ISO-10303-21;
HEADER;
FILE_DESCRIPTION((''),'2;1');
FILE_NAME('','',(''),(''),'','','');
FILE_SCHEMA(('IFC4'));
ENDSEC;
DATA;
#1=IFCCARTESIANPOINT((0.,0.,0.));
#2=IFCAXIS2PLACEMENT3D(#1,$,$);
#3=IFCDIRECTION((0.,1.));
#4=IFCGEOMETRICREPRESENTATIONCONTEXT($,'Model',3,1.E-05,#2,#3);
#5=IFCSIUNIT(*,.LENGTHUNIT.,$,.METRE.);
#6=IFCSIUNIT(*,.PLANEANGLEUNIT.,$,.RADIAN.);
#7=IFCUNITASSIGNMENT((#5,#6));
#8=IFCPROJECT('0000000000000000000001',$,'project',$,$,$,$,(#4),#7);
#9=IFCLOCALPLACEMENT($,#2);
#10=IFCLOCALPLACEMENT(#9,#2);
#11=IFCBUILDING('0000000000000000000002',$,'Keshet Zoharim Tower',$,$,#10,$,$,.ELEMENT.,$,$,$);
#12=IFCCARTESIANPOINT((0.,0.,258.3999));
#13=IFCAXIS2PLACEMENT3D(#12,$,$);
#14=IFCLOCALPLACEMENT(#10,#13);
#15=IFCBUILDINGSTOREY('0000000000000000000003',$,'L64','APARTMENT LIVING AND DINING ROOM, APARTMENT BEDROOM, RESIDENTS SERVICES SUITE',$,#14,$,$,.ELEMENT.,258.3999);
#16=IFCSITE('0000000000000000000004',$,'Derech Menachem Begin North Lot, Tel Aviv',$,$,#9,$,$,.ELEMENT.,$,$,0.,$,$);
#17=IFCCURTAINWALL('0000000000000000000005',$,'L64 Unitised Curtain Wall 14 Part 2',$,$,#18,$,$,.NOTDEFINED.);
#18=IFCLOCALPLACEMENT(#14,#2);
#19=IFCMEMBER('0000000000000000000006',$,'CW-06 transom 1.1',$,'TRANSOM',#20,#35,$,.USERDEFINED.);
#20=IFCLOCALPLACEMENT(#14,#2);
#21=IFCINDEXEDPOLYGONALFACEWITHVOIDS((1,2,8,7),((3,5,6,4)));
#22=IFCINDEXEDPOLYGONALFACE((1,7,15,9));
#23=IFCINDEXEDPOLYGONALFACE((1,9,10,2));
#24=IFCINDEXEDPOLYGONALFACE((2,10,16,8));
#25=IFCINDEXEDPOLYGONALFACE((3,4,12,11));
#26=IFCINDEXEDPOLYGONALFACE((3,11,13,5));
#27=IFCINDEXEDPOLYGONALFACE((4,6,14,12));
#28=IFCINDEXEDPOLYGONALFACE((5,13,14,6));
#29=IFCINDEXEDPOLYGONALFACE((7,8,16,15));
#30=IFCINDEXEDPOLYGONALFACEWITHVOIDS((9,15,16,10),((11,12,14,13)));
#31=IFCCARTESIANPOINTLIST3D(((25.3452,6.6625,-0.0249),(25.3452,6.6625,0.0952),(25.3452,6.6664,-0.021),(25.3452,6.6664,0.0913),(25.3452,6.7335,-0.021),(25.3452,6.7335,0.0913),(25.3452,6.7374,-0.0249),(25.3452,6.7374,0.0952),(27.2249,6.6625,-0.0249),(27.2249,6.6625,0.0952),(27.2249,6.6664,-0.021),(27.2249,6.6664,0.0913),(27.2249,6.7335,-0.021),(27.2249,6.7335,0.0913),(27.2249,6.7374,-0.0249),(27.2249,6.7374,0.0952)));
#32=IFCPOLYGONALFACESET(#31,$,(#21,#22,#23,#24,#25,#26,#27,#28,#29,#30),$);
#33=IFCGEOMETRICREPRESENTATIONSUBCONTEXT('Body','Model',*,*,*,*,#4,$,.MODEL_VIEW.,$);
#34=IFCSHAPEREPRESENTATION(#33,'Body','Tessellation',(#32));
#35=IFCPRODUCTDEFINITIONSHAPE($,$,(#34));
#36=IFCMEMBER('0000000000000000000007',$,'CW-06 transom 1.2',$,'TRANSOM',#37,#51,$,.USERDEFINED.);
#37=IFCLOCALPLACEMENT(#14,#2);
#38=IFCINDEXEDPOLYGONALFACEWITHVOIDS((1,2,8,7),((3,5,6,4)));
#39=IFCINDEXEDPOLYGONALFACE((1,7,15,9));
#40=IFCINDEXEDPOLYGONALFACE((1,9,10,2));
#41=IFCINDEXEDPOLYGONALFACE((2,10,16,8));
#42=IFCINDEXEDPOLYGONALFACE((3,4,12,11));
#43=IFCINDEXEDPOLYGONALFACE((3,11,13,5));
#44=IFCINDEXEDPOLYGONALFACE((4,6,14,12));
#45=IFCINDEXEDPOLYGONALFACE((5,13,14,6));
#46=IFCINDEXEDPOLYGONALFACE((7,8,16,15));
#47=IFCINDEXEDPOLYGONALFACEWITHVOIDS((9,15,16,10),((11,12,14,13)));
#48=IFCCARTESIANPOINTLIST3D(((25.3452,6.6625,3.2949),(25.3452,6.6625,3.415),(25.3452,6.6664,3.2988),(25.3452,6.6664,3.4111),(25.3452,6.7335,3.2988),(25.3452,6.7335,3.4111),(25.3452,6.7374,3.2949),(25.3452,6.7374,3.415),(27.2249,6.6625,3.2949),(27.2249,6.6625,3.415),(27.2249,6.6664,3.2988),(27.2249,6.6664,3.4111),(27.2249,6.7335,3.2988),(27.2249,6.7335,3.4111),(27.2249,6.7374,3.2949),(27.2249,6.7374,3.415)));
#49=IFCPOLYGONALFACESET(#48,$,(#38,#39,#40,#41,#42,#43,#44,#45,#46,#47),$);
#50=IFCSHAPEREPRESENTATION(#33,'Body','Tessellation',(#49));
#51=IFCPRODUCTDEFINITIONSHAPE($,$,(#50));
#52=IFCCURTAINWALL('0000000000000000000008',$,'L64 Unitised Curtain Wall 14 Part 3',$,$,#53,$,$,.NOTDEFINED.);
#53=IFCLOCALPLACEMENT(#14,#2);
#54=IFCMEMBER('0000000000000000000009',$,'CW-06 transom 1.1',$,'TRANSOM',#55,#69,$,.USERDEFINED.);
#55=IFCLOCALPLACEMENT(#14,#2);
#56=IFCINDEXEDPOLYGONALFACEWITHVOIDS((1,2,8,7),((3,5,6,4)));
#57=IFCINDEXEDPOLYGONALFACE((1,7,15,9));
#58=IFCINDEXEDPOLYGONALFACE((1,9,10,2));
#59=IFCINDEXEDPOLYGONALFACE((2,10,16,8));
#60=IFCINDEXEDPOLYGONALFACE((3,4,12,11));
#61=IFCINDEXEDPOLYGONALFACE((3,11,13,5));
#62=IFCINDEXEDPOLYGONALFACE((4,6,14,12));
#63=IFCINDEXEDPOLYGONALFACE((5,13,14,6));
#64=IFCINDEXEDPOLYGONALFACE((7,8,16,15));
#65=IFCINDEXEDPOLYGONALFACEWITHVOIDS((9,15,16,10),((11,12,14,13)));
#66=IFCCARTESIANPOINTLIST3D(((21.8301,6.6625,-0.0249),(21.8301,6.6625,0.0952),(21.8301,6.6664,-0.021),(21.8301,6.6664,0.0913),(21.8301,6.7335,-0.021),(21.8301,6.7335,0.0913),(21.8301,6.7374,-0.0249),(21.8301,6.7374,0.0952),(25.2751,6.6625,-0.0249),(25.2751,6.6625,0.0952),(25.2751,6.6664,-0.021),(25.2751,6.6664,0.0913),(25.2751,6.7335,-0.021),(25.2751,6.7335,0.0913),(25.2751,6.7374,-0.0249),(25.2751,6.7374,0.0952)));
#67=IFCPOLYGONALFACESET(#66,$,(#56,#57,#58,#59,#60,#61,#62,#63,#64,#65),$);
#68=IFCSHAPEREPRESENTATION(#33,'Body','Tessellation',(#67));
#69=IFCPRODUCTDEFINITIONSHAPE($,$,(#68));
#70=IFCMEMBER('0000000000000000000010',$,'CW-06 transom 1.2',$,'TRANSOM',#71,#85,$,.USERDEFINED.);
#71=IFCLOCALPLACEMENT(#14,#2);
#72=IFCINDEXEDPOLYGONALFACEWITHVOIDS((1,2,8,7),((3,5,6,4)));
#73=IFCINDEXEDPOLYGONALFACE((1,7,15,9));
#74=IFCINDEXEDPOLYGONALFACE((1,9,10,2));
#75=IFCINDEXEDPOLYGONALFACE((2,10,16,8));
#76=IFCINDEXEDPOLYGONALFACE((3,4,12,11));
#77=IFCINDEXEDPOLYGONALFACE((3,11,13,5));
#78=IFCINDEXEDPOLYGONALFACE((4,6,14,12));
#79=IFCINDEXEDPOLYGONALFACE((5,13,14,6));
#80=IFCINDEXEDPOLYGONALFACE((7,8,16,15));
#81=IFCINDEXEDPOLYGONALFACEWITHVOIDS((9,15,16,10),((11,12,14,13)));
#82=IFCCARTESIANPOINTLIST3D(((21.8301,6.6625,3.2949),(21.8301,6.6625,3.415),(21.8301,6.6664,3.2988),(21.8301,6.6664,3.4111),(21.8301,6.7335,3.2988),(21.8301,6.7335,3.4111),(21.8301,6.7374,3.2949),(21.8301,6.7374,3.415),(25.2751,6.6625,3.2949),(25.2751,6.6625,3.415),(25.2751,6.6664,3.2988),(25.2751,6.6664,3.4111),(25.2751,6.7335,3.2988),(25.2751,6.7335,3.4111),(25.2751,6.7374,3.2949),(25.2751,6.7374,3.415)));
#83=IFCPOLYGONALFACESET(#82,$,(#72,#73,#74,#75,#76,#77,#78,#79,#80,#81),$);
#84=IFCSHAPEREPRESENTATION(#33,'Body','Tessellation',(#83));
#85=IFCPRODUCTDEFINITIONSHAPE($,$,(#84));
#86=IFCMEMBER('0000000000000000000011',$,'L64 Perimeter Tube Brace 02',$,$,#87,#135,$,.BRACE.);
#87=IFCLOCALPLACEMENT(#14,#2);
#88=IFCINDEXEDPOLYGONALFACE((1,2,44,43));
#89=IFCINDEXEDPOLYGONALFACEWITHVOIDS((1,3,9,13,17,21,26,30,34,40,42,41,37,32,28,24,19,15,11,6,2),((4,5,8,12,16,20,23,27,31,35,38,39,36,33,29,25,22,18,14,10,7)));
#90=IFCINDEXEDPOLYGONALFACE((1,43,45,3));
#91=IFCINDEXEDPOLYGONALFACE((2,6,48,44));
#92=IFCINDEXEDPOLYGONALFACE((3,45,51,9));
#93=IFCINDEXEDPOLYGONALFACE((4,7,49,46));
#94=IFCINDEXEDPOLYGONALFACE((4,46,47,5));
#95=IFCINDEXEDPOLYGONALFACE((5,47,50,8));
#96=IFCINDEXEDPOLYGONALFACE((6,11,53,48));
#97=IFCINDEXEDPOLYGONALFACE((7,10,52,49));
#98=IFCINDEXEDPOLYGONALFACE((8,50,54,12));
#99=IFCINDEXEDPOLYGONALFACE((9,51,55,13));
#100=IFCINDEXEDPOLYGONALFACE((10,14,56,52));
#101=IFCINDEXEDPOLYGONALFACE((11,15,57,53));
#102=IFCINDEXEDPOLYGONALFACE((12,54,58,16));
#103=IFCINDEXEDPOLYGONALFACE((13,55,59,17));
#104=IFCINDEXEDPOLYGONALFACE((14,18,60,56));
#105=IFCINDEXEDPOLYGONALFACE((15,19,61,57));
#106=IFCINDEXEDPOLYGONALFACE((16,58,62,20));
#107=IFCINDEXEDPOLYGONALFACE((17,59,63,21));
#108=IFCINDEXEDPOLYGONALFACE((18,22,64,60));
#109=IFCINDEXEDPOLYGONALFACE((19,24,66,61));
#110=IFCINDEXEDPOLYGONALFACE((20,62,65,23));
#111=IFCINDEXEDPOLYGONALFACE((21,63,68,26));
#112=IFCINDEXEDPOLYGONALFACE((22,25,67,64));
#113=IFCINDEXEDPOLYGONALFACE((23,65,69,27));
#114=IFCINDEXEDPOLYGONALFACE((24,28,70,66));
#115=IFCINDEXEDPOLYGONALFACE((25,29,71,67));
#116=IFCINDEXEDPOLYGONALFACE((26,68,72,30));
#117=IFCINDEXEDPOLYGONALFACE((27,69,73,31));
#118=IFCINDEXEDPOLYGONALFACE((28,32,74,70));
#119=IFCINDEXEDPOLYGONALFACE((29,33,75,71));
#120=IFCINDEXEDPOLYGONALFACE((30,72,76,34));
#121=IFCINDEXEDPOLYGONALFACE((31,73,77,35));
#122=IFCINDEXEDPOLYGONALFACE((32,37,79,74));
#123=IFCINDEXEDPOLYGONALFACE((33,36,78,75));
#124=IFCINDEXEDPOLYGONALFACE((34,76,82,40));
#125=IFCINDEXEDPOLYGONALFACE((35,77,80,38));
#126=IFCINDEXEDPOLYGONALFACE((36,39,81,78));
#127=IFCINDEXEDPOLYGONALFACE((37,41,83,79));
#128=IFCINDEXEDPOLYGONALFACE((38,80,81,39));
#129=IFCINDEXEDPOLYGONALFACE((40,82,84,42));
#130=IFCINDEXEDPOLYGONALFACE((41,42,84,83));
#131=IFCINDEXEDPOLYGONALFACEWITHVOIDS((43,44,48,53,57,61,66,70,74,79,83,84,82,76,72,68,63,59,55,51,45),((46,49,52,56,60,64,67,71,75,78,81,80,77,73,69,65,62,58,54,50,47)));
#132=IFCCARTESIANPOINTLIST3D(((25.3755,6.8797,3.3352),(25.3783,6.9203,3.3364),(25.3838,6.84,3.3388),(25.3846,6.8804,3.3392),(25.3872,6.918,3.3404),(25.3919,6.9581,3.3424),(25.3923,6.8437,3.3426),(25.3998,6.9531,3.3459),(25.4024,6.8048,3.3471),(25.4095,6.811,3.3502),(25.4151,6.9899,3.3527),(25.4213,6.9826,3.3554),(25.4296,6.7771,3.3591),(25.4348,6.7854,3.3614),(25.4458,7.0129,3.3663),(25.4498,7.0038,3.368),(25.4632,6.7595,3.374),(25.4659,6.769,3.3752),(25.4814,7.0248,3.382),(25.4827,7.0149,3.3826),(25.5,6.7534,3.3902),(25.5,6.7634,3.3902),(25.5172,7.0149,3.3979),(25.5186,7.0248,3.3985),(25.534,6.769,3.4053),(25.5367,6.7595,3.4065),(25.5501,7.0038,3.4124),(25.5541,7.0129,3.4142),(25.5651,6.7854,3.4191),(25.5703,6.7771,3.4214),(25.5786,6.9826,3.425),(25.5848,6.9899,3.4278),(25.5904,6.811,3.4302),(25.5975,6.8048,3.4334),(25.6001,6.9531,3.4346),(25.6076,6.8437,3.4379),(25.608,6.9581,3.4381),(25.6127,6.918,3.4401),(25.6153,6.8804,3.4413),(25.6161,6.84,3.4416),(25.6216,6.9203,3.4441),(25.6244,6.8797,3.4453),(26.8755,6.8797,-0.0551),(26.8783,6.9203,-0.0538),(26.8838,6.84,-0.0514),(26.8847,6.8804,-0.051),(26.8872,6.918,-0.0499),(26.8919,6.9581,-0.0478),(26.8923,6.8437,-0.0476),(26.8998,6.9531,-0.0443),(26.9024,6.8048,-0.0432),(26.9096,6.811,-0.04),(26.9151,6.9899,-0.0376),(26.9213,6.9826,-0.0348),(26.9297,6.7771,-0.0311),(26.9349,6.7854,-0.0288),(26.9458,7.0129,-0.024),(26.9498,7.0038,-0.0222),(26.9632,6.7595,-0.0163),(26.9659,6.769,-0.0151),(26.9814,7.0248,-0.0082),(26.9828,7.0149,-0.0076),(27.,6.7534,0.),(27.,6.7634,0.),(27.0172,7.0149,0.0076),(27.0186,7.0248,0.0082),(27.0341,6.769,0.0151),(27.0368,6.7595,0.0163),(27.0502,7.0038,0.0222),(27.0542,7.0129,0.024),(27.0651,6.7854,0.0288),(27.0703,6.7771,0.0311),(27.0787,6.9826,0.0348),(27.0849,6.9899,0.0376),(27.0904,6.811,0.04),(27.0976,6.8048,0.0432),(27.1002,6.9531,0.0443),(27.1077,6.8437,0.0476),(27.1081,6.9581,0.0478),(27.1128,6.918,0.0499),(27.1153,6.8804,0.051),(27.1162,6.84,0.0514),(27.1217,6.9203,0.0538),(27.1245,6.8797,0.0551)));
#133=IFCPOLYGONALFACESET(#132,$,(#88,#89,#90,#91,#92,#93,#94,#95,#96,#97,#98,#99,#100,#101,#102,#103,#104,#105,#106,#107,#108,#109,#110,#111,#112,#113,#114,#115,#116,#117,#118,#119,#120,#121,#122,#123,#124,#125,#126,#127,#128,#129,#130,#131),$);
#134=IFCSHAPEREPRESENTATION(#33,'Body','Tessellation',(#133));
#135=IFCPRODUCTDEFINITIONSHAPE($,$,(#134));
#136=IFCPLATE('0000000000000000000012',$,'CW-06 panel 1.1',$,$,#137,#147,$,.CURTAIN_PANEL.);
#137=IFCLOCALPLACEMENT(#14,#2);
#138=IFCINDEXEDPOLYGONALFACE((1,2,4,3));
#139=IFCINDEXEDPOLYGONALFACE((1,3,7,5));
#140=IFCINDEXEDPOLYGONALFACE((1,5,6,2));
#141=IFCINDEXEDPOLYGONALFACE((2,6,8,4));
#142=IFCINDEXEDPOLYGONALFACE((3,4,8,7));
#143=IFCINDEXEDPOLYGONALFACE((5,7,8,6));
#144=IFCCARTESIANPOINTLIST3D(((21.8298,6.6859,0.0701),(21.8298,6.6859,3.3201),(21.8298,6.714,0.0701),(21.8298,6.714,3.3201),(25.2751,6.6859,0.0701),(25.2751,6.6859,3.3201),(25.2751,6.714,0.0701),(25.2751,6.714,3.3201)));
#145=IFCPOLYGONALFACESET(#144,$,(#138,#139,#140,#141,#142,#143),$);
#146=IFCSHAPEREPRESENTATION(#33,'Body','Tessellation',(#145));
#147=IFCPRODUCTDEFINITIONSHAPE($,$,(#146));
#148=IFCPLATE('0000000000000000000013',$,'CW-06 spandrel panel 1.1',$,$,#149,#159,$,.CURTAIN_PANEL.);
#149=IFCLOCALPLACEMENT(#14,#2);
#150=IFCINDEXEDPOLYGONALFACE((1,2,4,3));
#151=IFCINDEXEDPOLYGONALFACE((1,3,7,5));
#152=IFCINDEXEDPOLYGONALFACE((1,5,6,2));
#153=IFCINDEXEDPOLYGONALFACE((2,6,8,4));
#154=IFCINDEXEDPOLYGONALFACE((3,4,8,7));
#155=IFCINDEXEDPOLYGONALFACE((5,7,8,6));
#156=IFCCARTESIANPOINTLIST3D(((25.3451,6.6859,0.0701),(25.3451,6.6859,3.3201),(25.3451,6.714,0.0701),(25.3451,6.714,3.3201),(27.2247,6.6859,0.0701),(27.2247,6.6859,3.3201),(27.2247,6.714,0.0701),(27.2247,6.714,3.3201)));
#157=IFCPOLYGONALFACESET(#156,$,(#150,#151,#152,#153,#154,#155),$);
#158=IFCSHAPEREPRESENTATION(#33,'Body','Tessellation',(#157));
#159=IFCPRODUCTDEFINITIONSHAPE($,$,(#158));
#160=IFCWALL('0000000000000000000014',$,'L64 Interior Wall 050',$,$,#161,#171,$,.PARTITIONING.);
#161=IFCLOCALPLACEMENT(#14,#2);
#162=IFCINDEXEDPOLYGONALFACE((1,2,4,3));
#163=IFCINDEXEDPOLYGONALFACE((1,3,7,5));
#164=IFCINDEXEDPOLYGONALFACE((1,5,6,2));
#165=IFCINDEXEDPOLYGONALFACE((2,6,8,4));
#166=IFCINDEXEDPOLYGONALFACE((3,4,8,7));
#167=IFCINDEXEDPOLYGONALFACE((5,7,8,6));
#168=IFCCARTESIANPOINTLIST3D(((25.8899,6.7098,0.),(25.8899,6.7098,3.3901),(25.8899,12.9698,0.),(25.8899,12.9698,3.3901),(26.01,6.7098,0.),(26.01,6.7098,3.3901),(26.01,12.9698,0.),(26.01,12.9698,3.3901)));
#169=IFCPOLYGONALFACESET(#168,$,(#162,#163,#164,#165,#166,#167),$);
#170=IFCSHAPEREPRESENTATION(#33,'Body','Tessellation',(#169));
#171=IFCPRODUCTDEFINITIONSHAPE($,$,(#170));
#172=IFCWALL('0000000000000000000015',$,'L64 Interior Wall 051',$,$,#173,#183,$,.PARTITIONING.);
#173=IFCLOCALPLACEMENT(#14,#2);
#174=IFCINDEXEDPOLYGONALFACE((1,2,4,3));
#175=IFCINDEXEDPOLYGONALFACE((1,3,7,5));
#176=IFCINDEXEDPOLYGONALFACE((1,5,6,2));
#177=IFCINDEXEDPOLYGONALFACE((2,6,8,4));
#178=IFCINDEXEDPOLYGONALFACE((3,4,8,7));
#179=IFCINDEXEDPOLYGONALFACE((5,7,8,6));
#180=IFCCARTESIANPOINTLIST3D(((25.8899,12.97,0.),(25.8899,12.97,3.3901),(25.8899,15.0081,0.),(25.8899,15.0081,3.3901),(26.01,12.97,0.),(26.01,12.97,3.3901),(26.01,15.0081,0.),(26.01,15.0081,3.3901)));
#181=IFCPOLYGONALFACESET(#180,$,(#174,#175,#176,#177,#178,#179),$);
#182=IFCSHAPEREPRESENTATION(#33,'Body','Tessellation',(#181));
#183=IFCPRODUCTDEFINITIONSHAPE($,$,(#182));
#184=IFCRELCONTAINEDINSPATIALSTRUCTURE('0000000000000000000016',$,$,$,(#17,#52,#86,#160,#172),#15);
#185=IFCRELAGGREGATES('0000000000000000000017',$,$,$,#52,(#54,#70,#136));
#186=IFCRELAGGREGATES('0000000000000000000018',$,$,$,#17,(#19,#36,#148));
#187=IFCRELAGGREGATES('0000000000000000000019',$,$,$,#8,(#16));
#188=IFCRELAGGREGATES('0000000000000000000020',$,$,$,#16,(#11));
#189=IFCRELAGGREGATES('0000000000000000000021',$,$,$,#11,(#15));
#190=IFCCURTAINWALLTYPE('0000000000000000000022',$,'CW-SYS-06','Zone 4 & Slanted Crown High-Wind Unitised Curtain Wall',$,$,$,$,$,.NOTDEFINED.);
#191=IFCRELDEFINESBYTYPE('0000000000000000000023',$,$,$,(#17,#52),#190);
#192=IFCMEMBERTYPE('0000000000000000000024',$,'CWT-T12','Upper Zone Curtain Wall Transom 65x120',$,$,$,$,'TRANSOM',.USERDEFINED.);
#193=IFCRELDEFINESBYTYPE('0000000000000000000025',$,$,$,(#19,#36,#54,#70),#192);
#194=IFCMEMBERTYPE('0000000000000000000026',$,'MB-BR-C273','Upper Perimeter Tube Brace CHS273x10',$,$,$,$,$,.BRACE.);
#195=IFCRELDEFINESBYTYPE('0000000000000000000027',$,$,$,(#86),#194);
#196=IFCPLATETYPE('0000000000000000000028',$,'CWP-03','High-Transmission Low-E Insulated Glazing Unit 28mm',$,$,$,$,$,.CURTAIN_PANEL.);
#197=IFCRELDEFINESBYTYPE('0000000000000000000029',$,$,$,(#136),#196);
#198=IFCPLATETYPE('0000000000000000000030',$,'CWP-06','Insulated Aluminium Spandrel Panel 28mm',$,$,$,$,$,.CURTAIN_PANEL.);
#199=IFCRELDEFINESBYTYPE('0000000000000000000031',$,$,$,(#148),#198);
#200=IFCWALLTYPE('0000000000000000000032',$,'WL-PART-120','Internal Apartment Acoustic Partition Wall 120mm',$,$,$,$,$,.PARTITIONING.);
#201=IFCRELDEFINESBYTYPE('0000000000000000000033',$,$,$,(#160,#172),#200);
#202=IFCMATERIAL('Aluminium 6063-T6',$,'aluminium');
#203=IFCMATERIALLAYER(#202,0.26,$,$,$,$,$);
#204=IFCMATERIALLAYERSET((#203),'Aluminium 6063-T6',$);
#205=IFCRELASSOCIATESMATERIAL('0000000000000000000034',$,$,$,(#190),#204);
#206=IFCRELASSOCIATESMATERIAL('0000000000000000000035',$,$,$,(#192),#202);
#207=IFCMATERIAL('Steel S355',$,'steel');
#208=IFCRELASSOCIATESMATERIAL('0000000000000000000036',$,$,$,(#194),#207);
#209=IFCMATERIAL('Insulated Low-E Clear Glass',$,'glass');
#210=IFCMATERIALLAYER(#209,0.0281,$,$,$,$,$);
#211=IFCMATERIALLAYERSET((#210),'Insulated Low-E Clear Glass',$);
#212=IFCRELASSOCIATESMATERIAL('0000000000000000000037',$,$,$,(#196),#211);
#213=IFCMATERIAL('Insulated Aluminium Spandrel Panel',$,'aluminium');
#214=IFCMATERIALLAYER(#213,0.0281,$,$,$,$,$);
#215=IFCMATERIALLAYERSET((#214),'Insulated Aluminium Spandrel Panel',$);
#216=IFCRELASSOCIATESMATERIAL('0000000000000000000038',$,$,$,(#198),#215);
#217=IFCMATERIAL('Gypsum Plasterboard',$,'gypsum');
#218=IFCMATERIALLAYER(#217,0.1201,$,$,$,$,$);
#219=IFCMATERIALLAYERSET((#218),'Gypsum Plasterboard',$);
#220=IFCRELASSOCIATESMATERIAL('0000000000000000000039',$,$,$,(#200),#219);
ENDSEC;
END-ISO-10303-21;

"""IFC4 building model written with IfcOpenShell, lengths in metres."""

from ifc_helpers import new_model, si_unit, direction, frame, frame_2d, origin, origin_2d, place, context, subcontext, project, spatial, rectangle, hollow_rectangle, hollow_circle, extrude, material, layer, layer_set, material_profile, profile_set, type_object, element, aggregate, save


model = new_model("IFC4")

# Units and contexts
model_context = context("Model", 3, precision=1e-05, world=origin(), true_north=direction((0.0, 1.0)))
body_context = subcontext(model_context, "Body", "Model", "MODEL_VIEW")
ifc_project = project(units=[si_unit("LENGTHUNIT", "METRE"), si_unit("PLANEANGLEUNIT", "RADIAN")], contexts=[model_context])

# Site, building, storey
site_placement = place(None, origin())
site = spatial("IfcSite", under=ifc_project, at=site_placement, Name="Derech Menachem Begin North Lot, Tel Aviv", CompositionType="ELEMENT", RefElevation=0.0)
building_placement = place(site_placement, origin())
building = spatial("IfcBuilding", under=site, at=building_placement, Name="Keshet Zoharim Tower", CompositionType="ELEMENT")
storey_placement = place(building_placement, frame((0.0, 0.0, 258.3999)))
storey = spatial("IfcBuildingStorey", under=building, at=storey_placement, Name="L64", Description="APARTMENT LIVING AND DINING ROOM, APARTMENT BEDROOM, RESIDENTS SERVICES SUITE", CompositionType="ELEMENT", Elevation=258.3999)

# Shared definitions
ifc_material_1 = material(Name="Steel S355", Category="steel")

# Shared definitions
ifc_material_2 = material(Name="Aluminium 6063-T6", Category="aluminium")
ifc_layer_1 = layer(ifc_material_2, 0.26)
ifc_layer_set_1 = layer_set([ifc_layer_1], Name="Aluminium 6063-T6")
curtain_wall_type = type_object("IfcCurtainWallType", Name="CW-SYS-06", Description="Zone 4 & Slanted Crown High-Wind Unitised Curtain Wall", PredefinedType="NOTDEFINED", material=ifc_layer_set_1)

# Curtain walls, members
curtain_wall_1_placement = place(storey_placement, origin())
curtain_wall_1 = element("IfcCurtainWall", 1, at=curtain_wall_1_placement, inside=storey, type_object=curtain_wall_type, Name="L64 Unitised Curtain Wall 14 Part 2", PredefinedType="NOTDEFINED")
ifc_material_profile_1 = material_profile(ifc_material_2, hollow_rectangle(XDim=0.075, YDim=0.1201, WallThickness=0.0039, at=origin_2d()), Name="TRN-75x120")
ifc_profile_set_1 = profile_set([ifc_material_profile_1], Name="Aluminium 6063-T6")
member_type_1 = type_object("IfcMemberType", Name="CWT-T12", Description="Upper Zone Curtain Wall Transom 65x120", ElementType="TRANSOM", PredefinedType="USERDEFINED", material=ifc_profile_set_1)
member_1_placement = place(storey_placement, frame((27.2249, 6.7, 0.0352), z_axis=(-1.0, 0.0, 0.0), x_axis=(0.0, -1.0, 0.0)))
member_1 = element("IfcMember", 2, at=member_1_placement, type_object=member_type_1, Name="CW-06 transom 1.1", ObjectType="TRANSOM", PredefinedType="USERDEFINED", context=body_context, shape_type="SweptSolid", body=[
    extrude(hollow_rectangle(XDim=0.075, YDim=0.1201, WallThickness=0.0039, at=origin_2d()), origin(), (0.0, 0.0, 1.0), 1.8796),
])
member_2_placement = place(storey_placement, frame((27.2249, 6.7, 3.355), z_axis=(-1.0, 0.0, 0.0), x_axis=(0.0, -1.0, 0.0)))
member_2 = element("IfcMember", 3, at=member_2_placement, type_object=member_type_1, Name="CW-06 transom 1.2", ObjectType="TRANSOM", PredefinedType="USERDEFINED", context=body_context, shape_type="SweptSolid", body=[
    extrude(hollow_rectangle(XDim=0.075, YDim=0.1201, WallThickness=0.0039, at=origin_2d()), origin(), (0.0, 0.0, 1.0), 1.8796),
])
curtain_wall_2_placement = place(storey_placement, origin())
curtain_wall_2 = element("IfcCurtainWall", 4, at=curtain_wall_2_placement, inside=storey, type_object=curtain_wall_type, Name="L64 Unitised Curtain Wall 14 Part 3", PredefinedType="NOTDEFINED")
member_3_placement = place(storey_placement, frame((25.2751, 6.7, 0.0352), z_axis=(-1.0, 0.0, 0.0), x_axis=(0.0, -1.0, 0.0)))
member_3 = element("IfcMember", 5, at=member_3_placement, type_object=member_type_1, Name="CW-06 transom 1.1", ObjectType="TRANSOM", PredefinedType="USERDEFINED", context=body_context, shape_type="SweptSolid", body=[
    extrude(hollow_rectangle(XDim=0.075, YDim=0.1201, WallThickness=0.0039, at=origin_2d()), origin(), (0.0, 0.0, 1.0), 3.4451),
])
member_4_placement = place(storey_placement, frame((25.2751, 6.7, 3.355), z_axis=(-1.0, 0.0, 0.0), x_axis=(0.0, -1.0, 0.0)))
member_4 = element("IfcMember", 6, at=member_4_placement, type_object=member_type_1, Name="CW-06 transom 1.2", ObjectType="TRANSOM", PredefinedType="USERDEFINED", context=body_context, shape_type="SweptSolid", body=[
    extrude(hollow_rectangle(XDim=0.075, YDim=0.1201, WallThickness=0.0039, at=origin_2d()), origin(), (0.0, 0.0, 1.0), 3.4451),
])

# Member
ifc_material_profile_2 = material_profile(ifc_material_1, hollow_circle(Radius=0.1365, WallThickness=0.01, at=origin_2d()), Name="CHS273x10")
ifc_profile_set_2 = profile_set([ifc_material_profile_2], Name="Steel S355")
member_type_2 = type_object("IfcMemberType", Name="MB-BR-C273", Description="Upper Perimeter Tube Brace CHS273x10", PredefinedType="BRACE", material=ifc_profile_set_2)
member_5_placement = place(storey_placement, frame((27.0, 6.8899, 0.0), z_axis=(-0.404623, 0.0, 0.914484), x_axis=(0.0, -1.0, 0.0)))
element("IfcMember", 7, at=member_5_placement, inside=storey, type_object=member_type_2, Name="L64 Perimeter Tube Brace 02", PredefinedType="BRACE", context=body_context, shape_type="SweptSolid", body=[
    extrude(hollow_circle(Radius=0.1365, WallThickness=0.01, at=origin_2d()), origin(), (0.0, 0.0, 1.0), 3.7073),
])

# Plates
ifc_material_3 = material(Name="Insulated Low-E Clear Glass", Category="glass")
ifc_layer_2 = layer(ifc_material_3, 0.0281)
ifc_layer_set_2 = layer_set([ifc_layer_2], Name="Insulated Low-E Clear Glass")
plate_type_1 = type_object("IfcPlateType", Name="CWP-03", Description="High-Transmission Low-E Insulated Glazing Unit 28mm", PredefinedType="CURTAIN_PANEL", material=ifc_layer_set_2)
plate_1_placement = place(storey_placement, frame((23.5525, 6.7, 0.0701), z_axis=(0.0, 0.0, 1.0), x_axis=(-1.0, 0.0, 0.0)))
plate_1 = element("IfcPlate", 8, at=plate_1_placement, type_object=plate_type_1, Name="CW-06 panel 1.1", PredefinedType="CURTAIN_PANEL", context=body_context, shape_type="SweptSolid", body=[
    extrude(rectangle(XDim=3.4453, YDim=0.0281, at=origin_2d()), origin(), (0.0, 0.0, 1.0), 3.25),
])
aggregate(curtain_wall_2, [member_3, member_4, plate_1])
ifc_material_4 = material(Name="Insulated Aluminium Spandrel Panel", Category="aluminium")
ifc_layer_3 = layer(ifc_material_4, 0.0281)
ifc_layer_set_3 = layer_set([ifc_layer_3], Name="Insulated Aluminium Spandrel Panel")
plate_type_2 = type_object("IfcPlateType", Name="CWP-06", Description="Insulated Aluminium Spandrel Panel 28mm", PredefinedType="CURTAIN_PANEL", material=ifc_layer_set_3)
plate_2_placement = place(storey_placement, frame((26.2849, 6.7, 0.0701), z_axis=(0.0, 0.0, 1.0), x_axis=(-1.0, 0.0, 0.0)))
plate_2 = element("IfcPlate", 9, at=plate_2_placement, type_object=plate_type_2, Name="CW-06 spandrel panel 1.1", PredefinedType="CURTAIN_PANEL", context=body_context, shape_type="SweptSolid", body=[
    extrude(rectangle(XDim=1.8796, YDim=0.0281, at=origin_2d()), origin(), (0.0, 0.0, 1.0), 3.25),
])
aggregate(curtain_wall_1, [member_1, member_2, plate_2])

# Walls
ifc_material_5 = material(Name="Gypsum Plasterboard", Category="gypsum")
ifc_layer_4 = layer(ifc_material_5, 0.1201)
ifc_layer_set_4 = layer_set([ifc_layer_4], Name="Gypsum Plasterboard")
wall_type_1 = type_object("IfcWallType", Name="WL-PART-120", Description="Internal Apartment Acoustic Partition Wall 120mm", PredefinedType="PARTITIONING", material=ifc_layer_set_4)
wall_1_placement = place(storey_placement, frame((25.95, 6.71, 0.0), z_axis=(0.0, 0.0, 1.0), x_axis=(0.0, 1.0, 0.0)))
element("IfcWall", 10, at=wall_1_placement, inside=storey, type_object=wall_type_1, Name="L64 Interior Wall 050", PredefinedType="PARTITIONING", context=body_context, shape_type="SweptSolid", body=[
    extrude(rectangle(XDim=6.26, YDim=0.1201, at=frame_2d((3.1299, 0.0))), origin(), (0.0, 0.0, 1.0), 3.3901),
])
wall_2_placement = place(storey_placement, frame((25.95, 12.97, 0.0), z_axis=(0.0, 0.0, 1.0), x_axis=(0.0, 1.0, 0.0)))
element("IfcWall", 11, at=wall_2_placement, inside=storey, type_object=wall_type_1, Name="L64 Interior Wall 051", PredefinedType="PARTITIONING", context=body_context, shape_type="SweptSolid", body=[
    extrude(rectangle(XDim=2.0381, YDim=0.1201, at=frame_2d((1.019, 0.0))), origin(), (0.0, 0.0, 1.0), 3.3901),
])

save(model, "model.ifc")
